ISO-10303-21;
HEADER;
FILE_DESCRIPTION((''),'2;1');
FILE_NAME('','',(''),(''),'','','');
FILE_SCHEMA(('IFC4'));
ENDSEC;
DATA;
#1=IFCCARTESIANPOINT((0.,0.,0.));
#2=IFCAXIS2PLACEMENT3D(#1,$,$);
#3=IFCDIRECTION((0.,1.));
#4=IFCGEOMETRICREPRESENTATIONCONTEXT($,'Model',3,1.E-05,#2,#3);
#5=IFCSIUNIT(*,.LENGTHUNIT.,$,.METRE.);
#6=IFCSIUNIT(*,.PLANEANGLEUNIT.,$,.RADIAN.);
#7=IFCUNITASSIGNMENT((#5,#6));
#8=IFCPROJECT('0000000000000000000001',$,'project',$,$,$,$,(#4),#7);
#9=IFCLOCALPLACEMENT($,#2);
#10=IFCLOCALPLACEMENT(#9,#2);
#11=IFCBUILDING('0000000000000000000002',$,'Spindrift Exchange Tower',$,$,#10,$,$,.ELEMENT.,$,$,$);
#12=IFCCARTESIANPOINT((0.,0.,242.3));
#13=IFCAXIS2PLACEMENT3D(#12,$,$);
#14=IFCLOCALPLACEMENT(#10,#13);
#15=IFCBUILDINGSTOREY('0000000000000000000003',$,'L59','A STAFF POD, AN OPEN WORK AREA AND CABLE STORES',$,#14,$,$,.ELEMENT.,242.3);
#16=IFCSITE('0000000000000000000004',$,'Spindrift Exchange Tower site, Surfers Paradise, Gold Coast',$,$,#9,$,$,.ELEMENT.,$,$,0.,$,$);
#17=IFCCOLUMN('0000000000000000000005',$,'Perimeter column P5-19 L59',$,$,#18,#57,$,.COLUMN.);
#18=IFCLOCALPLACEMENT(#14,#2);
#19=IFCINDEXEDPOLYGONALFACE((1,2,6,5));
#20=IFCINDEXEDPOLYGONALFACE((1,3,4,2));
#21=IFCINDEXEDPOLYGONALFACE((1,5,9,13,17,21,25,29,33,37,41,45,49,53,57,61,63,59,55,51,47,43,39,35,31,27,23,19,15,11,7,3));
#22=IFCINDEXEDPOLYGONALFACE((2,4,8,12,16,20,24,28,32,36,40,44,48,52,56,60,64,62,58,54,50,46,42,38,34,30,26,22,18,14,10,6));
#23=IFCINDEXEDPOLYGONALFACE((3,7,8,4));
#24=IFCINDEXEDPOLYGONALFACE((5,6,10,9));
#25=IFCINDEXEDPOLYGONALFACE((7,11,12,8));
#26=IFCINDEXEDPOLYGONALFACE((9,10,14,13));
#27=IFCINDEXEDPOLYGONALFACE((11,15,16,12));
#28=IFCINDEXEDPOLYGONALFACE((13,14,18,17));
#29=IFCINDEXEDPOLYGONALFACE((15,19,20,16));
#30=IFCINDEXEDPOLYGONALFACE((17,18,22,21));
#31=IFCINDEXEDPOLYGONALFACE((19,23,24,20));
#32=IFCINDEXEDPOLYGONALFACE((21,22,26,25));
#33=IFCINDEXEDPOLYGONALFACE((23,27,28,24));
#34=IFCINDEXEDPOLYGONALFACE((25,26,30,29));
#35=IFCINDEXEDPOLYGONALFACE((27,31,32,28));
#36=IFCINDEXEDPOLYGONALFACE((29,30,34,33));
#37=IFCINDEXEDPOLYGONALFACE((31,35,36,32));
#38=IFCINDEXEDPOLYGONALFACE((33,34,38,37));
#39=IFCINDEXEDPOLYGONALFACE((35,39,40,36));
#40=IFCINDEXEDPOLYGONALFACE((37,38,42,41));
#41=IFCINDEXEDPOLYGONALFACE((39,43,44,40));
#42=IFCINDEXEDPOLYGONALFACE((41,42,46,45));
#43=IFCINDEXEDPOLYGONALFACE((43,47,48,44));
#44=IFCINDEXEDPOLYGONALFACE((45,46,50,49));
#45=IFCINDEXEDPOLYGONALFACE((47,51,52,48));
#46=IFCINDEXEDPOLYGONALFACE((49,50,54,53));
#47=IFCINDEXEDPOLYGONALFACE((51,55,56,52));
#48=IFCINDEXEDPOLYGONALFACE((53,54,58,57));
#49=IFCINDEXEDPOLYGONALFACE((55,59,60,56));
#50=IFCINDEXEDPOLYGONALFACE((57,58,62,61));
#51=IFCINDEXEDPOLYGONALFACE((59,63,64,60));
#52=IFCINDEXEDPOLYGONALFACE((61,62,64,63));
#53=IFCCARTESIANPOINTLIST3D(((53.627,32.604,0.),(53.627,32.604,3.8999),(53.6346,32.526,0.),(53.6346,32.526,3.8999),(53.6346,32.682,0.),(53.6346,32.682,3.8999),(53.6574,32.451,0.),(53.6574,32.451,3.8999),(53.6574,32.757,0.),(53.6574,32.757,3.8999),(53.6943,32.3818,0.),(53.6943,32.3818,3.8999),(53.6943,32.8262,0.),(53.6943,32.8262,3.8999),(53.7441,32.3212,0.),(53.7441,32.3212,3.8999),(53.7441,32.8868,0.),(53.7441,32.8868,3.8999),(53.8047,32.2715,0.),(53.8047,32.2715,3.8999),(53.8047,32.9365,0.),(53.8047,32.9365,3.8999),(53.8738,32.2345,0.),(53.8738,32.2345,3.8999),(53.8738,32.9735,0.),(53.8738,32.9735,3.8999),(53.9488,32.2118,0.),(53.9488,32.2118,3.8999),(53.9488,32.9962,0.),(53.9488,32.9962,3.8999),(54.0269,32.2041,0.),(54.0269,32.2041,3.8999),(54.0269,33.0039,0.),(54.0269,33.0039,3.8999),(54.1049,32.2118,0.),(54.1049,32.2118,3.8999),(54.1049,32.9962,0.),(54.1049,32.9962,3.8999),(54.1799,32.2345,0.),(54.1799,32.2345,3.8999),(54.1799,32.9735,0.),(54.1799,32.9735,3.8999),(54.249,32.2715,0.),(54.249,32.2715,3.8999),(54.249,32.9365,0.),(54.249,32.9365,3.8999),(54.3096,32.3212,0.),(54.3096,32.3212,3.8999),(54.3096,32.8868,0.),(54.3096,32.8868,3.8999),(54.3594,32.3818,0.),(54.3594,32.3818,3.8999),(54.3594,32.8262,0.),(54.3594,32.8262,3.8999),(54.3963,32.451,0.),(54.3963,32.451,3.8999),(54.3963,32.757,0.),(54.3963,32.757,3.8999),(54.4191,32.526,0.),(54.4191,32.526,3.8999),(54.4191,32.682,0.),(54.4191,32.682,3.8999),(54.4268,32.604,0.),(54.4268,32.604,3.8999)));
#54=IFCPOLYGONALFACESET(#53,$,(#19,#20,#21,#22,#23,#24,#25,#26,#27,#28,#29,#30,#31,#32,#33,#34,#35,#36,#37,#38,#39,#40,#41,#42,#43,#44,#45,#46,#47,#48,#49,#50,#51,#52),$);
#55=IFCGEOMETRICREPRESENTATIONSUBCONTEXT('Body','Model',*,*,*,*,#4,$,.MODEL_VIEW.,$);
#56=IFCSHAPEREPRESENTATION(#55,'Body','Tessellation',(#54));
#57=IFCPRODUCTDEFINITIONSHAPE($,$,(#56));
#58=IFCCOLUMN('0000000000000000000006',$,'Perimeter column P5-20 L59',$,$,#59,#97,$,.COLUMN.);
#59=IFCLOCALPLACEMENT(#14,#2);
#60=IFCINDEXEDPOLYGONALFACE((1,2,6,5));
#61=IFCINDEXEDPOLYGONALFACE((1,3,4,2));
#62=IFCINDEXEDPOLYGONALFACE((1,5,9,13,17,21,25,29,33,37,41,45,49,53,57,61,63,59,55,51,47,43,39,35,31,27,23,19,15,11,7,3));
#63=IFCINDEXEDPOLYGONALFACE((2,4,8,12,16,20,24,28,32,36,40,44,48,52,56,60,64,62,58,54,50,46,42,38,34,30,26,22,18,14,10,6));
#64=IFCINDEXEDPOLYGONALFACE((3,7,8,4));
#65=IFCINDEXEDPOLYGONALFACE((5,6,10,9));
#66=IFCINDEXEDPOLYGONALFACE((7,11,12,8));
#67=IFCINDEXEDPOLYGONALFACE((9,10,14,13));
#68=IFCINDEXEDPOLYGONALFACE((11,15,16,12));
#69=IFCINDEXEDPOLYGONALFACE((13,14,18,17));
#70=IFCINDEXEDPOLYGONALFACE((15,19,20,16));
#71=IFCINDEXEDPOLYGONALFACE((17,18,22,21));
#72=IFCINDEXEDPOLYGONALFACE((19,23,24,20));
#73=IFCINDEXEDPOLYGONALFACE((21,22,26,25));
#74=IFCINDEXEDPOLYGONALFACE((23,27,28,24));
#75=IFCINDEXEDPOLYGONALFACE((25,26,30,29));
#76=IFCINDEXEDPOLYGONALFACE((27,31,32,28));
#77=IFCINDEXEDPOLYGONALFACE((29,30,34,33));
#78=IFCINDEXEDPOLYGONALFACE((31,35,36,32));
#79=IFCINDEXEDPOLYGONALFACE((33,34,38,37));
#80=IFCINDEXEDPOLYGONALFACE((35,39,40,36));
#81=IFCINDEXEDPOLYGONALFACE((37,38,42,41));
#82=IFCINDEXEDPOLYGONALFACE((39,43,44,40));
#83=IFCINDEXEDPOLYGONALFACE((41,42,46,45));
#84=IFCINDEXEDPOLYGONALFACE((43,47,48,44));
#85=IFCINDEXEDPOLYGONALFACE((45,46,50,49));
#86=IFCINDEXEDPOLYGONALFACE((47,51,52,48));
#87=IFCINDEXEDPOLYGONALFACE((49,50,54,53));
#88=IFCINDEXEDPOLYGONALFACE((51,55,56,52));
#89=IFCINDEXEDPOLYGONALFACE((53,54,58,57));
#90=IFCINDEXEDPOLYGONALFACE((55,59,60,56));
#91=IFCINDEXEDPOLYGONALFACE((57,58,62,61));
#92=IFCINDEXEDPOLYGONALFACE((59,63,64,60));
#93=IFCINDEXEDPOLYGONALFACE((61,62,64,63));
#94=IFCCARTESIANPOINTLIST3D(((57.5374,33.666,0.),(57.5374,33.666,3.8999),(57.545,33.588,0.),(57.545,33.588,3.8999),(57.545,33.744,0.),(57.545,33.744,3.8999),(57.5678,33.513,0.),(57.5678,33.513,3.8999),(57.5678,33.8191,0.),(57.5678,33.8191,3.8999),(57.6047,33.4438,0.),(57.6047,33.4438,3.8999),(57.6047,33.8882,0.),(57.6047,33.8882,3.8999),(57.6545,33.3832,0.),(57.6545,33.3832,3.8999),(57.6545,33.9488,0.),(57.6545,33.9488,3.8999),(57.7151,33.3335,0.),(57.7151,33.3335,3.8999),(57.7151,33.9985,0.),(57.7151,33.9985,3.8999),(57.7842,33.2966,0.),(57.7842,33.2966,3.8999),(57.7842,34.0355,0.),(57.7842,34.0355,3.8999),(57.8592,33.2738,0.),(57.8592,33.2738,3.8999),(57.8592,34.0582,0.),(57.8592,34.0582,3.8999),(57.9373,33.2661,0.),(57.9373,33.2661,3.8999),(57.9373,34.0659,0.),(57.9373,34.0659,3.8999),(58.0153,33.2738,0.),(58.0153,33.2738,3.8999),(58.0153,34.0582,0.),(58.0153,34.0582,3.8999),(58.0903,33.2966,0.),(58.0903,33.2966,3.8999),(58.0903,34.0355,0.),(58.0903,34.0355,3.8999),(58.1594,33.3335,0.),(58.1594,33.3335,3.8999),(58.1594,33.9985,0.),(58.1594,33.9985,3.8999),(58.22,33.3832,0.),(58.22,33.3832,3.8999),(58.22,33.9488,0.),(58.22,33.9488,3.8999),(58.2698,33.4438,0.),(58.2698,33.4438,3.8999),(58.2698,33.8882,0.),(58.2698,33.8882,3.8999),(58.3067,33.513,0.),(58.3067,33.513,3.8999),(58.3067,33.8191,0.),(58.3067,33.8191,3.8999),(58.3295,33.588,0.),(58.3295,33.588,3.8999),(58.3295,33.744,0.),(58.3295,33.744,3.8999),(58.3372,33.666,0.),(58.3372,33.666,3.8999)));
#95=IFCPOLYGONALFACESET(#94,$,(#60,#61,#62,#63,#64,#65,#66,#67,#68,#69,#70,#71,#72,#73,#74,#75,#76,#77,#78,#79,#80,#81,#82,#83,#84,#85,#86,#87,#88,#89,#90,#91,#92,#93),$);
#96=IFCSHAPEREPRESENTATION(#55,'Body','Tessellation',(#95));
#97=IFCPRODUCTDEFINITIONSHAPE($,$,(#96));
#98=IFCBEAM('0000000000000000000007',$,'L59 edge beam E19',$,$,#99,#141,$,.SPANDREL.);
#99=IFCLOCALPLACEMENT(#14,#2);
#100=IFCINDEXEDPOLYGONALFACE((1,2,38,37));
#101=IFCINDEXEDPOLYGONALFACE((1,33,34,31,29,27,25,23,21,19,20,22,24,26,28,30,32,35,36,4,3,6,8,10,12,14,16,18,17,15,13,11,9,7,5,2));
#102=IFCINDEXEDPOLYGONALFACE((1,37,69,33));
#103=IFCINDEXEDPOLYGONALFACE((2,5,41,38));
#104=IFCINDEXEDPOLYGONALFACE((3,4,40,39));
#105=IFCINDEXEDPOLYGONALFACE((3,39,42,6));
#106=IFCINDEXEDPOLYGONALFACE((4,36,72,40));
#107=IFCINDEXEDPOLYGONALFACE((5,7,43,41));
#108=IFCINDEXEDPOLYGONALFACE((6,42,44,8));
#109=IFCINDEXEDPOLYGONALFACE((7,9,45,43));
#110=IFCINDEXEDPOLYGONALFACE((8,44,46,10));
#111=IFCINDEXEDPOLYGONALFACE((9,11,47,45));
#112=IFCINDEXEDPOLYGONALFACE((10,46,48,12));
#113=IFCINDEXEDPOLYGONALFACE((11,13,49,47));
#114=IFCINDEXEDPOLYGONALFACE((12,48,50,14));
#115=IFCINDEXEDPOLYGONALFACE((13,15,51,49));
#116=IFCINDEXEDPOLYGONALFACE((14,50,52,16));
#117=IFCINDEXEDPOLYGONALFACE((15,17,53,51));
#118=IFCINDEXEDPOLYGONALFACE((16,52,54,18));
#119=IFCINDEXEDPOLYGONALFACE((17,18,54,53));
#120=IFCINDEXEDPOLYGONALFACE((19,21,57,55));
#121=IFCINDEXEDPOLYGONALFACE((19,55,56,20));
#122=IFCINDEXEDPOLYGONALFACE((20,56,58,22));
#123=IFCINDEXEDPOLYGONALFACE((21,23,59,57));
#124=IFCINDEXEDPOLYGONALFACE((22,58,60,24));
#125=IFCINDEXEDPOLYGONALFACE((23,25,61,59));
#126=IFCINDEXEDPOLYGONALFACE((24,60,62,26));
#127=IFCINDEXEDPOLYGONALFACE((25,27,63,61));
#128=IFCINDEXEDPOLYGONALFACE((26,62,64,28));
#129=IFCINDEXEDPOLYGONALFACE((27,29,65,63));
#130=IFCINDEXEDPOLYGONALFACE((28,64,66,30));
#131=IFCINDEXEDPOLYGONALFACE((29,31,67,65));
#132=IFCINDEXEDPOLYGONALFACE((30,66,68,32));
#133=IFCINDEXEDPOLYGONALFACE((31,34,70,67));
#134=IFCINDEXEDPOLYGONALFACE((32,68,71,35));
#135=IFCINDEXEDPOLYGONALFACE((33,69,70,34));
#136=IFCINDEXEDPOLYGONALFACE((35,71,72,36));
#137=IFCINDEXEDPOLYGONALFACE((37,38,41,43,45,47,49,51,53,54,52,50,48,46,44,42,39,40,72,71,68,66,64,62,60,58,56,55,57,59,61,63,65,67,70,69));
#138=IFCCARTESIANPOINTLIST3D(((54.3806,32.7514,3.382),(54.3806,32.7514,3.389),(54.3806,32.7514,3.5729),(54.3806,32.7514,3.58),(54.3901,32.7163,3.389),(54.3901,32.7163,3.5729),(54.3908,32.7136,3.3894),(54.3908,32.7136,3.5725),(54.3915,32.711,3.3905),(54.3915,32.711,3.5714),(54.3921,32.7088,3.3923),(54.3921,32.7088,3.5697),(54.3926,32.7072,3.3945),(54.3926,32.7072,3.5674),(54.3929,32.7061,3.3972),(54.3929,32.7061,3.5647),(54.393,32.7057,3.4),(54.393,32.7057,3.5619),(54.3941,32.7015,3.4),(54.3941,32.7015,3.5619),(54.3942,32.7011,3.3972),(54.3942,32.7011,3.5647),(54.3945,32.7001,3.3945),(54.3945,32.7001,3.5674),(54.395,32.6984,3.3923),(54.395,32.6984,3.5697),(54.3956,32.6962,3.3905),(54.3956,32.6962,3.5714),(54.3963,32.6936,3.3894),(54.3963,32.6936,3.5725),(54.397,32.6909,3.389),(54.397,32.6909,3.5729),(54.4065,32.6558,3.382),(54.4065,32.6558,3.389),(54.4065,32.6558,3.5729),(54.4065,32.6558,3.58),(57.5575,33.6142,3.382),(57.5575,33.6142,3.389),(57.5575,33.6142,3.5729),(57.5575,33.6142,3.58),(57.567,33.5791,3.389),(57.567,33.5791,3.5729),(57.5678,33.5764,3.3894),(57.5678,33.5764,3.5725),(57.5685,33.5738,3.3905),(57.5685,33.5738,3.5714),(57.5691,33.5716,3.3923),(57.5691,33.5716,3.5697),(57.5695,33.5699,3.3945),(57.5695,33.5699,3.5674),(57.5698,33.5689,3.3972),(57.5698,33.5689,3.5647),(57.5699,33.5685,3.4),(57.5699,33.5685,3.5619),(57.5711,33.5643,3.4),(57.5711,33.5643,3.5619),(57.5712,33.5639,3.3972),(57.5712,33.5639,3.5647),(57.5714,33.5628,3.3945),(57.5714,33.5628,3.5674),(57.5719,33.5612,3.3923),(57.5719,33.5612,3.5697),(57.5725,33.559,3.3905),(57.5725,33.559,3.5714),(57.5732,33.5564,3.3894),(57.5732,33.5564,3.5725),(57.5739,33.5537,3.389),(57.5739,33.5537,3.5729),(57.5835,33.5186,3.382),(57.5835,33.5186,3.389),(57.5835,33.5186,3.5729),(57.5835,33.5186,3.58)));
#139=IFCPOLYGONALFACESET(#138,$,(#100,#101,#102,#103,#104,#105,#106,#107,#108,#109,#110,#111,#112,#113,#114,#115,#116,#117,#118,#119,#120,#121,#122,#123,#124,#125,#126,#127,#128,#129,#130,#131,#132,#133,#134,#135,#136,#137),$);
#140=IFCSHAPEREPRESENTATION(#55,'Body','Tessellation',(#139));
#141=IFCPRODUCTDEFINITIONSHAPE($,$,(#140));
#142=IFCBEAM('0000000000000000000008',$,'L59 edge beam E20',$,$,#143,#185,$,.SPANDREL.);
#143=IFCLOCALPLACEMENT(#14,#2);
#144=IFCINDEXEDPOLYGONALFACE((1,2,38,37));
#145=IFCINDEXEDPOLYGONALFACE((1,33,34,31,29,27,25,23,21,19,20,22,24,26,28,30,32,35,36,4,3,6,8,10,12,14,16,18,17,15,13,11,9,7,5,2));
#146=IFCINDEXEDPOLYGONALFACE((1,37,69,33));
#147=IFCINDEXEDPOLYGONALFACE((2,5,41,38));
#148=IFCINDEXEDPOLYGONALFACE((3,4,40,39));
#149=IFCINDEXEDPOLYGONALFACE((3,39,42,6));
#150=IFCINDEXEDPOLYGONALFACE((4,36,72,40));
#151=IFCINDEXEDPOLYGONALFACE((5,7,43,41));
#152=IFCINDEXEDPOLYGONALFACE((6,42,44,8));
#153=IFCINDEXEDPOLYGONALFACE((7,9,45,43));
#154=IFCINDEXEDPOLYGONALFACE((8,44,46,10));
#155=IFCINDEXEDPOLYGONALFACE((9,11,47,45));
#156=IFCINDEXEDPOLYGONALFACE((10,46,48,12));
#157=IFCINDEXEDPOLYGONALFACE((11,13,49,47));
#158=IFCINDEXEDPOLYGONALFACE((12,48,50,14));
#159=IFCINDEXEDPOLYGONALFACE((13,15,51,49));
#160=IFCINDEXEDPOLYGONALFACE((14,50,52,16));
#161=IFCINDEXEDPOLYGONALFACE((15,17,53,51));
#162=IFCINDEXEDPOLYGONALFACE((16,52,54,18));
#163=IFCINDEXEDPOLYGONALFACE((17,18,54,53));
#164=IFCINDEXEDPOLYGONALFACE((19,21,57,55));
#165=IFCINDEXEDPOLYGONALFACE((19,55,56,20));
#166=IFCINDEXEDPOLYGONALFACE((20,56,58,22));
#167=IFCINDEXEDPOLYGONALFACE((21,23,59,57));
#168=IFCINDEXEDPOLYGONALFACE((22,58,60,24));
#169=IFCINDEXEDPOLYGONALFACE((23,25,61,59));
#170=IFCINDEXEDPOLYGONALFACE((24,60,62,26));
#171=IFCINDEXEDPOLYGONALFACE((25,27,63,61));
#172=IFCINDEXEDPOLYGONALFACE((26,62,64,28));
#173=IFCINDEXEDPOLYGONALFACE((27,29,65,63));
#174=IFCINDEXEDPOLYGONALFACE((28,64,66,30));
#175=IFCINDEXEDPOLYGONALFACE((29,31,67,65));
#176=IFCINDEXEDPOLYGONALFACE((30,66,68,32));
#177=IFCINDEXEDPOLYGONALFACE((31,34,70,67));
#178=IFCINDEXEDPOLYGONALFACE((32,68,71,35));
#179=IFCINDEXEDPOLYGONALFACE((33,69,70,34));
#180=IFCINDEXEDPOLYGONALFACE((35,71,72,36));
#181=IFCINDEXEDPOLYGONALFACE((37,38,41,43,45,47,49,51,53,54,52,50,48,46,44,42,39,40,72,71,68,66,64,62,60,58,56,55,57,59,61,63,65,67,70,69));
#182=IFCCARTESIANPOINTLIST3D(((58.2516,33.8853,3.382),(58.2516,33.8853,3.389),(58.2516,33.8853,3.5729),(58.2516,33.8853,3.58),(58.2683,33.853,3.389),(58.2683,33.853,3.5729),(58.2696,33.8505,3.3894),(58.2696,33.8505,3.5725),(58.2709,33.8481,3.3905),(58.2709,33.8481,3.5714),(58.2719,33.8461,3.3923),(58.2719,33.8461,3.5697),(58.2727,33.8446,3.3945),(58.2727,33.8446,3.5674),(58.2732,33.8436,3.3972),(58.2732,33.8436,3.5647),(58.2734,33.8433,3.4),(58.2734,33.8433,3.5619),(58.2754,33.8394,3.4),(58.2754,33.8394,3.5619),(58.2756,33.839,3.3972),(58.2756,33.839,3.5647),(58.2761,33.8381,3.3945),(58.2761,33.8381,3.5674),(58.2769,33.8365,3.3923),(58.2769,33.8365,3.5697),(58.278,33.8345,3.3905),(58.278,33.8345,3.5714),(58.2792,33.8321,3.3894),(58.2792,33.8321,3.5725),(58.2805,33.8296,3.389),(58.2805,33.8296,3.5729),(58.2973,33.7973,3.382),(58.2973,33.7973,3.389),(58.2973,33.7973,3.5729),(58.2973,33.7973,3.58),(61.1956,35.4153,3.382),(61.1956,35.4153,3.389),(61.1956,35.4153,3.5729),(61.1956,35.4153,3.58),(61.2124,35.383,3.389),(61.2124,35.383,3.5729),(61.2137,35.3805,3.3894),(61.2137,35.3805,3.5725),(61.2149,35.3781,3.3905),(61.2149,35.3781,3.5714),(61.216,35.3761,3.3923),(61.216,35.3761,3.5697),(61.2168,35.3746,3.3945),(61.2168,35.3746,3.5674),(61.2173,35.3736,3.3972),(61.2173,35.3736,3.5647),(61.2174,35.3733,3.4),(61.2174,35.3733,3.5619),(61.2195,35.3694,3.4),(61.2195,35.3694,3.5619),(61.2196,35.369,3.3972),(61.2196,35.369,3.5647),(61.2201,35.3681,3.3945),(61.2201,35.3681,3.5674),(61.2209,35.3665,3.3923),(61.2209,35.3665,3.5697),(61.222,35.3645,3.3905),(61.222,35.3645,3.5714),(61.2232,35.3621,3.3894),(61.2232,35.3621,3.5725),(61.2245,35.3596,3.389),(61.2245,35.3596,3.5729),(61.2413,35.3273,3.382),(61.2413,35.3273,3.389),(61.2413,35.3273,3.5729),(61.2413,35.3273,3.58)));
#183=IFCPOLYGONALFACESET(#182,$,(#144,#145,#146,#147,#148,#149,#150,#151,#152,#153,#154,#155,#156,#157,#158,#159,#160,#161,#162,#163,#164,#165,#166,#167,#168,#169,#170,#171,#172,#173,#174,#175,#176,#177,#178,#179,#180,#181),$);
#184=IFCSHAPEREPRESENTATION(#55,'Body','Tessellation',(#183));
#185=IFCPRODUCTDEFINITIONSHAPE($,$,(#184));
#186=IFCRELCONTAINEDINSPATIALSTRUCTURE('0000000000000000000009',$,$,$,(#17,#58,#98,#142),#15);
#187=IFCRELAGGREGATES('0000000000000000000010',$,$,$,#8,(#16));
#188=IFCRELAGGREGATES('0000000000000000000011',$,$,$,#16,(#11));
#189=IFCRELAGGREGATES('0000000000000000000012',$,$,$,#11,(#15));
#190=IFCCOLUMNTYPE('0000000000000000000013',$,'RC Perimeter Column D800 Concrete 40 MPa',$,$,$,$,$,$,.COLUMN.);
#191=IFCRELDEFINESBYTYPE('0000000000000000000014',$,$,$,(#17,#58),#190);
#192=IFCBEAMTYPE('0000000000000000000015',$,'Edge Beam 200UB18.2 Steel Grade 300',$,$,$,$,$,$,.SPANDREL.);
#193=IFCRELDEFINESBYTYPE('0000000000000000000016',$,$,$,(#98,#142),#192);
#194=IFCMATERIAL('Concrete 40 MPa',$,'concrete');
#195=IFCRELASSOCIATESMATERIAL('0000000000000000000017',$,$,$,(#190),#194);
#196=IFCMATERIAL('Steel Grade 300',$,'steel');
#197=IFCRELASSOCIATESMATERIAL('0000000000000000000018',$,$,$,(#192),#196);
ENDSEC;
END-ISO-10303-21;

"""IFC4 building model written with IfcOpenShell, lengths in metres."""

from ifc_helpers import new_model, si_unit, direction, frame, origin, origin_2d, place, context, subcontext, project, spatial, circle, i_section, extrude, source, transform, mapped, material, material_profile, profile_set, type_object, element, save


model = new_model("IFC4")

# Units and contexts
model_context = context("Model", 3, precision=1e-05, world=origin(), true_north=direction((0.0, 1.0)))
body_context = subcontext(model_context, "Body", "Model", "MODEL_VIEW")
ifc_project = project(units=[si_unit("LENGTHUNIT", "METRE"), si_unit("PLANEANGLEUNIT", "RADIAN")], contexts=[model_context])

# Site, building, storey
site_placement = place(None, origin())
site = spatial("IfcSite", under=ifc_project, at=site_placement, Name="Spindrift Exchange Tower site, Surfers Paradise, Gold Coast", CompositionType="ELEMENT", RefElevation=0.0)
building_placement = place(site_placement, origin())
building = spatial("IfcBuilding", under=site, at=building_placement, Name="Spindrift Exchange Tower", CompositionType="ELEMENT")
storey_placement = place(building_placement, frame((0.0, 0.0, 242.3)))
storey = spatial("IfcBuildingStorey", under=building, at=storey_placement, Name="L59", Description="A STAFF POD, AN OPEN WORK AREA AND CABLE STORES", CompositionType="ELEMENT", Elevation=242.3)

# Columns
ifc_material_1 = material(Name="Concrete 40 MPa", Category="concrete")
ifc_material_profile_1 = material_profile(ifc_material_1, circle(Radius=0.3999, at=origin_2d()), Name="RC D800")
ifc_profile_set_1 = profile_set([ifc_material_profile_1], Name="Concrete 40 MPa")
column_type = type_object("IfcColumnType", Name="RC Perimeter Column D800 Concrete 40 MPa", PredefinedType="COLUMN", material=ifc_profile_set_1)
shared_shape_1 = source(origin(), body_context, "Body", "SweptSolid", [
    extrude(circle(Radius=0.3999, at=origin_2d()), origin(), (0.0, 0.0, 1.0), 3.8999),
])
for number, where, z_axis, x_axis, name in (
    (1, (54.0269, 32.604, 0.0), (0.0, 0.0, 1.0), (1.0, 0.0, 0.0), "Perimeter column P5-19 L59"),
    (2, (57.9373, 33.666, 0.0), (0.0, 0.0, 1.0), (1.0, 0.0, 0.0), "Perimeter column P5-20 L59"),
):
    element("IfcColumn", number, at=place(storey_placement, frame(where, z_axis=z_axis, x_axis=x_axis)), inside=storey, type_object=column_type, Name=name, PredefinedType="COLUMN", context=body_context, shape_type="MappedRepresentation", body=[
        mapped(shared_shape_1, transform((0.0, 0.0, 0.0), scale=1.0)),
    ])

# Beams
ifc_material_2 = material(Name="Steel Grade 300", Category="steel")
ifc_material_profile_2 = material_profile(ifc_material_2, i_section(OverallWidth=0.0991, OverallDepth=0.198, WebThickness=0.0044, FlangeThickness=0.0071, FilletRadius=0.011, at=origin_2d()), Name="200UB18.2")
ifc_profile_set_2 = profile_set([ifc_material_profile_2], Name="Steel Grade 300")
beam_type_1 = type_object("IfcBeamType", Name="Edge Beam 200UB18.2 Steel Grade 300", PredefinedType="SPANDREL", material=ifc_profile_set_2)
shared_shape_2 = source(origin(), body_context, "Body", "SweptSolid", [
    extrude(i_section(OverallWidth=0.0991, OverallDepth=0.198, WebThickness=0.0044, FlangeThickness=0.0071, FilletRadius=0.011, at=origin_2d()), origin(), (0.0, 0.0, 1.0), 3.292),
])
beam_1_placement = place(storey_placement, frame((54.3936, 32.7036, 3.481), z_axis=(0.965046, 0.262082, 0.0), x_axis=(-0.262082, 0.965046, 0.0)))
element("IfcBeam", 3, at=beam_1_placement, inside=storey, type_object=beam_type_1, Name="L59 edge beam E19", PredefinedType="SPANDREL", context=body_context, shape_type="MappedRepresentation", body=[
    mapped(shared_shape_2, transform((0.0, 0.0, 0.0), scale=1.0)),
])
shared_shape_3 = source(origin(), body_context, "Body", "SweptSolid", [
    extrude(i_section(OverallWidth=0.0991, OverallDepth=0.198, WebThickness=0.0044, FlangeThickness=0.0071, FilletRadius=0.011, at=origin_2d()), origin(), (0.0, 0.0, 1.0), 3.3179),
])
beam_2_placement = place(storey_placement, frame((58.2744, 33.8413, 3.481), z_axis=(0.887328, 0.46114, 0.0), x_axis=(-0.46114, 0.887328, 0.0)))
element("IfcBeam", 4, at=beam_2_placement, inside=storey, type_object=beam_type_1, Name="L59 edge beam E20", PredefinedType="SPANDREL", context=body_context, shape_type="MappedRepresentation", body=[
    mapped(shared_shape_3, transform((0.0, 0.0, 0.0), scale=1.0)),
])

save(model, "model.ifc")
